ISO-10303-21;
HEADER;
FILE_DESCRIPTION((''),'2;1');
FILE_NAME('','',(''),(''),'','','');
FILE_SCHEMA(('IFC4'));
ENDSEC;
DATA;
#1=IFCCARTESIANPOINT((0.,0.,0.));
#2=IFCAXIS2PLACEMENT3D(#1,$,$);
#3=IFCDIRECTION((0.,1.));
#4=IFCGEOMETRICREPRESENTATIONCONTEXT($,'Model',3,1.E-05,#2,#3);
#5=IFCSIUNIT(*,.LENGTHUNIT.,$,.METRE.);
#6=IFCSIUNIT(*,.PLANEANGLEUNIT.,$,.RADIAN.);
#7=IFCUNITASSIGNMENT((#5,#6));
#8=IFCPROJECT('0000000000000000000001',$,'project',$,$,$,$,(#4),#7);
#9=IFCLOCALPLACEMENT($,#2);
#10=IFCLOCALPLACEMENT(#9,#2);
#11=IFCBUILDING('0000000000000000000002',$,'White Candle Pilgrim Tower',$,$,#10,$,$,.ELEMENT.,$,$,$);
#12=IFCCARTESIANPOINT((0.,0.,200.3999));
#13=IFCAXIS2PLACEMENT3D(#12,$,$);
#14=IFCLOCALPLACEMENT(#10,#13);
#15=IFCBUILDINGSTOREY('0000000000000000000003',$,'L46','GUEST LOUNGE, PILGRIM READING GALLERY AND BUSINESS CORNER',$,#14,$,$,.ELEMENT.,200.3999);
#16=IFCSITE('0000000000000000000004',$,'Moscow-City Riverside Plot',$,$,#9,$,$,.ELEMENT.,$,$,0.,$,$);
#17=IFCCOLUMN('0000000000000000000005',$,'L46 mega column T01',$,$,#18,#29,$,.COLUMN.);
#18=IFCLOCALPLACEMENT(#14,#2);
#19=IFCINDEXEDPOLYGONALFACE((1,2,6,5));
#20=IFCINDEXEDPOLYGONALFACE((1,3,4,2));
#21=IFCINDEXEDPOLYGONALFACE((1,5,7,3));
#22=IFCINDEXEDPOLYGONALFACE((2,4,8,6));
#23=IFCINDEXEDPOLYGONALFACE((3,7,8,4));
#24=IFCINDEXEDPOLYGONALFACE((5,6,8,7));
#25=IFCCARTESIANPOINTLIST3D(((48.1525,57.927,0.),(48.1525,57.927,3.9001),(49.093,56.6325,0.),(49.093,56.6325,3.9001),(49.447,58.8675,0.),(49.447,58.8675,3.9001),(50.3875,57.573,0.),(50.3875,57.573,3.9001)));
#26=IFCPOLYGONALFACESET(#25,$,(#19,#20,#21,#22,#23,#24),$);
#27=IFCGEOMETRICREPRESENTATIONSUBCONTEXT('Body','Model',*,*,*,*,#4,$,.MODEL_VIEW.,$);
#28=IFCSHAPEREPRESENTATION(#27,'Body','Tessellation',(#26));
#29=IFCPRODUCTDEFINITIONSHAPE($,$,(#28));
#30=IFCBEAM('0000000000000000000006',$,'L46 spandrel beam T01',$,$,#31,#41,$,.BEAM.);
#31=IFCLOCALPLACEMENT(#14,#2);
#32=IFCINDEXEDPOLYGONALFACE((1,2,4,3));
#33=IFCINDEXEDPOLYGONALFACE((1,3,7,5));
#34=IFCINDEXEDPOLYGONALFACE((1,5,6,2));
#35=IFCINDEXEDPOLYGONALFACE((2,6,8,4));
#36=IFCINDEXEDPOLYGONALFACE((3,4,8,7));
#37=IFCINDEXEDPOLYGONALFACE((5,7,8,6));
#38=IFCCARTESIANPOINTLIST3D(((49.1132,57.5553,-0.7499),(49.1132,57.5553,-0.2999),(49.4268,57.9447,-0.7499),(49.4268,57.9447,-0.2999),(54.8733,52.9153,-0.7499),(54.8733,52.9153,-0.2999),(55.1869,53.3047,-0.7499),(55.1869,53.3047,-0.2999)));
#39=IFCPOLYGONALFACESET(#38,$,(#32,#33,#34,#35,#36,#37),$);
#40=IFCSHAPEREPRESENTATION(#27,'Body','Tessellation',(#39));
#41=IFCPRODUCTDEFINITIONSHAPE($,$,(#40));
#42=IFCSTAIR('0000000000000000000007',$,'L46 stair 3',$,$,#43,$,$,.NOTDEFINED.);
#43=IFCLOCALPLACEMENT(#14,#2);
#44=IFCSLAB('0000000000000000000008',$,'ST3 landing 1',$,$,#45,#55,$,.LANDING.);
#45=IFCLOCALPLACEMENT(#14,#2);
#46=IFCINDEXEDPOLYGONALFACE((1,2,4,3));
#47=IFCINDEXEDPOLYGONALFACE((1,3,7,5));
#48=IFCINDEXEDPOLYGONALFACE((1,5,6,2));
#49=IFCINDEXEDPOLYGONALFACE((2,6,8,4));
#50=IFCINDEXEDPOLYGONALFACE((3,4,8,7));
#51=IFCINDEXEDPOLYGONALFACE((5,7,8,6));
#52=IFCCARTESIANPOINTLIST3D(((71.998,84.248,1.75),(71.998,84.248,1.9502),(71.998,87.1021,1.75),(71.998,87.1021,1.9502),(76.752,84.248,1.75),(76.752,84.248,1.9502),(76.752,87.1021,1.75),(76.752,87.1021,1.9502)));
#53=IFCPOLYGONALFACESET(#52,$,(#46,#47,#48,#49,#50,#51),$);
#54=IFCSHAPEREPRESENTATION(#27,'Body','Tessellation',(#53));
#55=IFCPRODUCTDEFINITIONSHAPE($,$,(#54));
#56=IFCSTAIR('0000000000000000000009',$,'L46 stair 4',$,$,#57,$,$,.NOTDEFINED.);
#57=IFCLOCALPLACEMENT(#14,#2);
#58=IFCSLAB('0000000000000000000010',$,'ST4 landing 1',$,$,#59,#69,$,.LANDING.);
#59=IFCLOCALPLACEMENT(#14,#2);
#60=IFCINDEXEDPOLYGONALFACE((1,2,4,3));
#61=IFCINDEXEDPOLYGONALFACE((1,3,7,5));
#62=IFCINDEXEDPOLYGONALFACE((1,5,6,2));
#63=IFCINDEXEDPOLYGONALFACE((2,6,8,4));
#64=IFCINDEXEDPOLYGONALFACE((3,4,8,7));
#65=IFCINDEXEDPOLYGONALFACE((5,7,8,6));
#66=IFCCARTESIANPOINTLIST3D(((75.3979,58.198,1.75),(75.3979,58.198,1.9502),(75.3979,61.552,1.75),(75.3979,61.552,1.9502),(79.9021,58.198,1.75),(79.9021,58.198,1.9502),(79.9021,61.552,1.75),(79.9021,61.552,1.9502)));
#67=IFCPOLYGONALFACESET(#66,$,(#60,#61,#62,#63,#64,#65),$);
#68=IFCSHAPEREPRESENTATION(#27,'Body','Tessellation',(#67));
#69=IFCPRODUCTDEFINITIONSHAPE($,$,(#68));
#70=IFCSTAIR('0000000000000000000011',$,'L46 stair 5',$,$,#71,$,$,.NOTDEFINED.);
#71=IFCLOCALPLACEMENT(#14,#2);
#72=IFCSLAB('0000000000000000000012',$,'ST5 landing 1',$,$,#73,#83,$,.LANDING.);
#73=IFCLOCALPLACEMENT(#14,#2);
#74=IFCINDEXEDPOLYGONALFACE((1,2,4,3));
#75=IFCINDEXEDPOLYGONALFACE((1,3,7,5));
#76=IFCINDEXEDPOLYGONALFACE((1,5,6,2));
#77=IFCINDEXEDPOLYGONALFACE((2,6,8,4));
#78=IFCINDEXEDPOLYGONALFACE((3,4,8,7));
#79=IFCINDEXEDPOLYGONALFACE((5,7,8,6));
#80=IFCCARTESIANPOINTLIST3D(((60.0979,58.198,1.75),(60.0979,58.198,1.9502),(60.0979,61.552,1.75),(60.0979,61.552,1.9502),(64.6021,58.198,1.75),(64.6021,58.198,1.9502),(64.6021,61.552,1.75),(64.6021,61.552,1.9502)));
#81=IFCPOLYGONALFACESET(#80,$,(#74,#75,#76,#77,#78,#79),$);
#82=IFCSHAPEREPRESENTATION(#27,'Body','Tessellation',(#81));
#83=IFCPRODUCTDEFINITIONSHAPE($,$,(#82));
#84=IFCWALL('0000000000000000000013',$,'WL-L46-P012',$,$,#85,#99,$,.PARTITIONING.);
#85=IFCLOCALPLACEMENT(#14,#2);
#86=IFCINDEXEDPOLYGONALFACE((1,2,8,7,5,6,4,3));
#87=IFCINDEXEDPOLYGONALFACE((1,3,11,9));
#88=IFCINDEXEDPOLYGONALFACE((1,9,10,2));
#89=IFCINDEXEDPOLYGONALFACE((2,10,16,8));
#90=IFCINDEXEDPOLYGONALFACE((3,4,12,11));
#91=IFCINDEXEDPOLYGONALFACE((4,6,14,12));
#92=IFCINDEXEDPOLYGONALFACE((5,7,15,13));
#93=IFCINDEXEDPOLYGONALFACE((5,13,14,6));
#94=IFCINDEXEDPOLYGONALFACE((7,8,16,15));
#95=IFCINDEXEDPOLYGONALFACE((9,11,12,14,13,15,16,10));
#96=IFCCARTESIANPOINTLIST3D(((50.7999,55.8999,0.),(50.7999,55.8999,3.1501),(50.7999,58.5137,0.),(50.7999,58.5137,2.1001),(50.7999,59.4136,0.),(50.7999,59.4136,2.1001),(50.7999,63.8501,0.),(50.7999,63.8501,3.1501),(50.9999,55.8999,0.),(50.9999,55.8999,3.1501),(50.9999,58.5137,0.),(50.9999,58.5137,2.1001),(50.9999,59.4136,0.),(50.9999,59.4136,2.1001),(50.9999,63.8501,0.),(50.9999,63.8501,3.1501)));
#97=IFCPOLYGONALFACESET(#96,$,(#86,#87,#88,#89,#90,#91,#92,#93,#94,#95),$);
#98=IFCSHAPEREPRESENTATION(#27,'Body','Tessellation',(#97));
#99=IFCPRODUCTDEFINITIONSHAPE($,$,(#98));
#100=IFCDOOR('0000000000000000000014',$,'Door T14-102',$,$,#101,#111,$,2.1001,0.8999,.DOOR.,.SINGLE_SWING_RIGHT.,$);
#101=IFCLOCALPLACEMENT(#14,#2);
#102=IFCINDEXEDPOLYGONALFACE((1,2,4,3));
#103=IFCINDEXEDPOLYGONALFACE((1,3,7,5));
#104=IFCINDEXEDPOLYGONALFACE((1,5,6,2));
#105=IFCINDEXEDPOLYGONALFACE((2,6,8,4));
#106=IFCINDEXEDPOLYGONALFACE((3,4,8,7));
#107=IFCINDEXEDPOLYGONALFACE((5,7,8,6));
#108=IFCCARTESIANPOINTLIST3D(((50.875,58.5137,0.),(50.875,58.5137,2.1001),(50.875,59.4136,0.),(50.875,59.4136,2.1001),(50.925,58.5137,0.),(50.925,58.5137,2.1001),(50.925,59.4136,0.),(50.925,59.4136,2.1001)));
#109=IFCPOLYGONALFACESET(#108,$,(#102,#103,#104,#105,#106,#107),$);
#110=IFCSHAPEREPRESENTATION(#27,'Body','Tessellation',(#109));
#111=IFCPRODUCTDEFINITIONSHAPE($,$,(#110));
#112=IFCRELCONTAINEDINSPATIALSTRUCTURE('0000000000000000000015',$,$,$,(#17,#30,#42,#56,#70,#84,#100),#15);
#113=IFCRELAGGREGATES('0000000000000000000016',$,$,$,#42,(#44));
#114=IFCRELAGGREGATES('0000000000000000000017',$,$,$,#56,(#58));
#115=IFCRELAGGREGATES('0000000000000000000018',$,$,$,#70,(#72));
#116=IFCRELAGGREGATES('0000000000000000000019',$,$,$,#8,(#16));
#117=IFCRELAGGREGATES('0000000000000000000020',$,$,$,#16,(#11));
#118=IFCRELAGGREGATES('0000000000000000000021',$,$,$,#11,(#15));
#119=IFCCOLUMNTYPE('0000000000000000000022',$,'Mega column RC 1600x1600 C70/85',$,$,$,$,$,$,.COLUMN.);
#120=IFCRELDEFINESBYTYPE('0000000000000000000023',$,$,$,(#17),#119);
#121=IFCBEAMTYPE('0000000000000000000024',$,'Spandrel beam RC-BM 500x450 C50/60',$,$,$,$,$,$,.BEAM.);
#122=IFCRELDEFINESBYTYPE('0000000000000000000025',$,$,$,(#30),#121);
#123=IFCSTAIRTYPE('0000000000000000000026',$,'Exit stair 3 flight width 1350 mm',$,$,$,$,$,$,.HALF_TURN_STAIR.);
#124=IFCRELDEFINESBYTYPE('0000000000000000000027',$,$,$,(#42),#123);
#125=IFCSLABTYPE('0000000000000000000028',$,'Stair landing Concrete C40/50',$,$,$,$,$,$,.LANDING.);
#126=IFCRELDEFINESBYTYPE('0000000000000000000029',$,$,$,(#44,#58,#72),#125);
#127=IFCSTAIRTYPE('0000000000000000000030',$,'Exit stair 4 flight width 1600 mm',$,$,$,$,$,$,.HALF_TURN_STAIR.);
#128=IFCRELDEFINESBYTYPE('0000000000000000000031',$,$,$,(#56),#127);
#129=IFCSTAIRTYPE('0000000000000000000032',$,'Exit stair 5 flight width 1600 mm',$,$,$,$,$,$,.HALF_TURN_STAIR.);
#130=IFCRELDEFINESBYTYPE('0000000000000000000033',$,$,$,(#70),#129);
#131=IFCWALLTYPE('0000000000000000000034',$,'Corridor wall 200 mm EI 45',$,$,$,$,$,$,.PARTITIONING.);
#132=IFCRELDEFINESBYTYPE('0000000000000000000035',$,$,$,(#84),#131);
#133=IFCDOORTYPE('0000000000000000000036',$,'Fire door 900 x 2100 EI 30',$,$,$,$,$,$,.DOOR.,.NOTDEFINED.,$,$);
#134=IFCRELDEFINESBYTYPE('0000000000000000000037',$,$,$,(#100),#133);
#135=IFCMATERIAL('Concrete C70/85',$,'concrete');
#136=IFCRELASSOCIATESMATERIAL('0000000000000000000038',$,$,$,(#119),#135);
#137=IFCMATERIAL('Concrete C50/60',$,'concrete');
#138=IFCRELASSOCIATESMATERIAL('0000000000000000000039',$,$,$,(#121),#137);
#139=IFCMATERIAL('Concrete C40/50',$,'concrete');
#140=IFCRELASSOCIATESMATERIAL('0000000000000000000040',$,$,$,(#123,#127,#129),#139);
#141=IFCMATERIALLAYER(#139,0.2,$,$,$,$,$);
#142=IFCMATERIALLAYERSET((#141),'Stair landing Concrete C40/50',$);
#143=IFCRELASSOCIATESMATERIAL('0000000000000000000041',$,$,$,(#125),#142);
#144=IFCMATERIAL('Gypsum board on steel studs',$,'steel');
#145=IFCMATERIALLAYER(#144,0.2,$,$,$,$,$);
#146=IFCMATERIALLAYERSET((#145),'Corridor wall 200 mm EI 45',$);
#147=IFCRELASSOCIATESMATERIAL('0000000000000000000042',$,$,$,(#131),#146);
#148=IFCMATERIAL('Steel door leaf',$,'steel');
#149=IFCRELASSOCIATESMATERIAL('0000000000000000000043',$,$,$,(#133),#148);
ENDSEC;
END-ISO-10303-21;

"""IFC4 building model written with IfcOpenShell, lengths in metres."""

from ifc_helpers import new_model, si_unit, direction, frame, frame_2d, origin, origin_2d, place, context, subcontext, project, spatial, polyline, rectangle, outline, extrude, material, layer, layer_set, material_profile, profile_set, type_object, element, fill, aggregate, save


model = new_model("IFC4")

# Units and contexts
model_context = context("Model", 3, precision=1e-05, world=origin(), true_north=direction((0.0, 1.0)))
body_context = subcontext(model_context, "Body", "Model", "MODEL_VIEW")
ifc_project = project(units=[si_unit("LENGTHUNIT", "METRE"), si_unit("PLANEANGLEUNIT", "RADIAN")], contexts=[model_context])

# Site, building, storey
site_placement = place(None, origin())
site = spatial("IfcSite", under=ifc_project, at=site_placement, Name="Moscow-City Riverside Plot", CompositionType="ELEMENT", RefElevation=0.0)
building_placement = place(site_placement, origin())
building = spatial("IfcBuilding", under=site, at=building_placement, Name="White Candle Pilgrim Tower", CompositionType="ELEMENT")
storey_placement = place(building_placement, frame((0.0, 0.0, 200.3999)))
storey = spatial("IfcBuildingStorey", under=building, at=storey_placement, Name="L46", Description="GUEST LOUNGE, PILGRIM READING GALLERY AND BUSINESS CORNER", CompositionType="ELEMENT", Elevation=200.3999)

# Column
ifc_material_1 = material(Name="Concrete C70/85", Category="concrete")
ifc_material_profile_1 = material_profile(ifc_material_1, rectangle(XDim=1.6001, YDim=1.6001, at=origin_2d()), Name="RC 1600x1600")
ifc_profile_set_1 = profile_set([ifc_material_profile_1], Name="Concrete C70/85")
column_type = type_object("IfcColumnType", Name="Mega column RC 1600x1600 C70/85", PredefinedType="COLUMN", material=ifc_profile_set_1)
column_placement = place(storey_placement, frame((49.27, 57.75, 0.0), z_axis=(0.0, 0.0, 1.0), x_axis=(-0.809017, -0.587785, 0.0)))
element("IfcColumn", 1, at=column_placement, inside=storey, type_object=column_type, Name="L46 mega column T01", PredefinedType="COLUMN", context=body_context, shape_type="SweptSolid", body=[
    extrude(rectangle(XDim=1.6001, YDim=1.6001, at=origin_2d()), origin(), (0.0, 0.0, 1.0), 3.9001),
])

# Beam
ifc_material_2 = material(Name="Concrete C50/60", Category="concrete")
ifc_material_profile_2 = material_profile(ifc_material_2, rectangle(XDim=0.5, YDim=0.45, at=origin_2d()), Name="RC-BM 500x450")
ifc_profile_set_2 = profile_set([ifc_material_profile_2], Name="Concrete C50/60")
beam_type = type_object("IfcBeamType", Name="Spandrel beam RC-BM 500x450 C50/60", PredefinedType="BEAM", material=ifc_profile_set_2)
beam_placement = place(storey_placement, frame((49.27, 57.75, -0.5249), z_axis=(0.778762, -0.62732, 0.0), x_axis=(0.62732, 0.778762, 0.0)))
element("IfcBeam", 2, at=beam_placement, inside=storey, type_object=beam_type, Name="L46 spandrel beam T01", PredefinedType="BEAM", context=body_context, shape_type="SweptSolid", body=[
    extrude(rectangle(XDim=0.5, YDim=0.45, at=origin_2d()), origin(), (0.0, 0.0, 1.0), 7.3965),
])

# Stairs, slabs
ifc_material_3 = material(Name="Concrete C40/50", Category="concrete")
stair_type_1 = type_object("IfcStairType", Name="Exit stair 3 flight width 1350 mm", PredefinedType="HALF_TURN_STAIR", material=ifc_material_3)
stair_1_placement = place(storey_placement, origin())
stair_1 = element("IfcStair", 3, at=stair_1_placement, inside=storey, type_object=stair_type_1, Name="L46 stair 3", PredefinedType="NOTDEFINED")
ifc_layer_1 = layer(ifc_material_3, 0.2)
ifc_layer_set_1 = layer_set([ifc_layer_1], Name="Stair landing Concrete C40/50")
slab_type = type_object("IfcSlabType", Name="Stair landing Concrete C40/50", PredefinedType="LANDING", material=ifc_layer_set_1)
slab_1_placement = place(storey_placement, frame((0.0, 0.0, 1.75)))
slab_1 = element("IfcSlab", 4, at=slab_1_placement, type_object=slab_type, Name="ST3 landing 1", PredefinedType="LANDING", context=body_context, shape_type="SweptSolid", body=[
    extrude(outline(polyline([(71.998, 84.248), (71.998, 87.1021), (76.752, 87.1021), (76.752, 84.248), (71.998, 84.248)])), origin(), (0.0, 0.0, 1.0), 0.2002),
])
aggregate(stair_1, [slab_1])
stair_type_2 = type_object("IfcStairType", Name="Exit stair 4 flight width 1600 mm", PredefinedType="HALF_TURN_STAIR", material=ifc_material_3)
stair_2_placement = place(storey_placement, origin())
stair_2 = element("IfcStair", 5, at=stair_2_placement, inside=storey, type_object=stair_type_2, Name="L46 stair 4", PredefinedType="NOTDEFINED")
slab_2_placement = place(storey_placement, frame((0.0, 0.0, 1.75)))
slab_2 = element("IfcSlab", 6, at=slab_2_placement, type_object=slab_type, Name="ST4 landing 1", PredefinedType="LANDING", context=body_context, shape_type="SweptSolid", body=[
    extrude(outline(polyline([(79.9021, 61.552), (79.9021, 58.198), (75.3979, 58.198), (75.3979, 61.552), (79.9021, 61.552)])), origin(), (0.0, 0.0, 1.0), 0.2002),
])
aggregate(stair_2, [slab_2])
stair_type_3 = type_object("IfcStairType", Name="Exit stair 5 flight width 1600 mm", PredefinedType="HALF_TURN_STAIR", material=ifc_material_3)
stair_3_placement = place(storey_placement, origin())
stair_3 = element("IfcStair", 7, at=stair_3_placement, inside=storey, type_object=stair_type_3, Name="L46 stair 5", PredefinedType="NOTDEFINED")
slab_3_placement = place(storey_placement, frame((0.0, 0.0, 1.75)))
slab_3 = element("IfcSlab", 8, at=slab_3_placement, type_object=slab_type, Name="ST5 landing 1", PredefinedType="LANDING", context=body_context, shape_type="SweptSolid", body=[
    extrude(outline(polyline([(60.0979, 58.198), (60.0979, 61.552), (64.6021, 61.552), (64.6021, 58.198), (60.0979, 58.198)])), origin(), (0.0, 0.0, 1.0), 0.2002),
])
aggregate(stair_3, [slab_3])

# Wall, opening, door
ifc_material_4 = material(Name="Gypsum board on steel studs", Category="steel")
ifc_layer_2 = layer(ifc_material_4, 0.2)
ifc_layer_set_2 = layer_set([ifc_layer_2], Name="Corridor wall 200 mm EI 45")
wall_type_1 = type_object("IfcWallType", Name="Corridor wall 200 mm EI 45", PredefinedType="PARTITIONING", material=ifc_layer_set_2)
wall_1_placement = place(storey_placement, frame((50.8999, 55.8999, 0.0), z_axis=(0.0, 0.0, 1.0), x_axis=(0.0, 1.0, 0.0)))
wall_1 = element("IfcWall", 9, at=wall_1_placement, inside=storey, type_object=wall_type_1, Name="WL-L46-P012", PredefinedType="PARTITIONING", context=body_context, shape_type="SweptSolid", body=[
    extrude(rectangle(XDim=7.9502, YDim=0.2, at=frame_2d((3.9751, 0.0))), origin(), (0.0, 0.0, 1.0), 3.1501),
])
opening_1_placement = place(wall_1_placement, frame((2.6138, 0.0, 0.0)))
opening_1 = element("IfcOpeningElement", 10, at=opening_1_placement, cuts=wall_1, PredefinedType="OPENING", context=body_context, shape_type="SweptSolid", body=[
    extrude(rectangle(XDim=0.8999, YDim=2.1001, at=frame_2d((0.45, 1.05))), frame((0.0, 0.1099, 0.0), z_axis=(0.0, -1.0, 0.0), x_axis=(1.0, 0.0, 0.0)), (0.0, 0.0, 1.0), 0.22),
])
ifc_material_5 = material(Name="Steel door leaf", Category="steel")
door_type_1 = type_object("IfcDoorType", Name="Fire door 900 x 2100 EI 30", OperationType="NOTDEFINED", PredefinedType="DOOR", material=ifc_material_5)
door_1_placement = place(opening_1_placement, origin())
door_1 = element("IfcDoor", 11, at=door_1_placement, inside=storey, type_object=door_type_1, Name="Door T14-102", OperationType="SINGLE_SWING_RIGHT", OverallHeight=2.1001, OverallWidth=0.8999, PredefinedType="DOOR", context=body_context, shape_type="SweptSolid", body=[
    extrude(rectangle(XDim=0.8999, YDim=2.1001, at=frame_2d((0.45, 1.05))), frame((0.0, 0.0249, 0.0), z_axis=(0.0, -1.0, 0.0), x_axis=(1.0, 0.0, 0.0)), (0.0, 0.0, 1.0), 0.05),
])
fill(opening_1, door_1)

save(model, "model.ifc")
